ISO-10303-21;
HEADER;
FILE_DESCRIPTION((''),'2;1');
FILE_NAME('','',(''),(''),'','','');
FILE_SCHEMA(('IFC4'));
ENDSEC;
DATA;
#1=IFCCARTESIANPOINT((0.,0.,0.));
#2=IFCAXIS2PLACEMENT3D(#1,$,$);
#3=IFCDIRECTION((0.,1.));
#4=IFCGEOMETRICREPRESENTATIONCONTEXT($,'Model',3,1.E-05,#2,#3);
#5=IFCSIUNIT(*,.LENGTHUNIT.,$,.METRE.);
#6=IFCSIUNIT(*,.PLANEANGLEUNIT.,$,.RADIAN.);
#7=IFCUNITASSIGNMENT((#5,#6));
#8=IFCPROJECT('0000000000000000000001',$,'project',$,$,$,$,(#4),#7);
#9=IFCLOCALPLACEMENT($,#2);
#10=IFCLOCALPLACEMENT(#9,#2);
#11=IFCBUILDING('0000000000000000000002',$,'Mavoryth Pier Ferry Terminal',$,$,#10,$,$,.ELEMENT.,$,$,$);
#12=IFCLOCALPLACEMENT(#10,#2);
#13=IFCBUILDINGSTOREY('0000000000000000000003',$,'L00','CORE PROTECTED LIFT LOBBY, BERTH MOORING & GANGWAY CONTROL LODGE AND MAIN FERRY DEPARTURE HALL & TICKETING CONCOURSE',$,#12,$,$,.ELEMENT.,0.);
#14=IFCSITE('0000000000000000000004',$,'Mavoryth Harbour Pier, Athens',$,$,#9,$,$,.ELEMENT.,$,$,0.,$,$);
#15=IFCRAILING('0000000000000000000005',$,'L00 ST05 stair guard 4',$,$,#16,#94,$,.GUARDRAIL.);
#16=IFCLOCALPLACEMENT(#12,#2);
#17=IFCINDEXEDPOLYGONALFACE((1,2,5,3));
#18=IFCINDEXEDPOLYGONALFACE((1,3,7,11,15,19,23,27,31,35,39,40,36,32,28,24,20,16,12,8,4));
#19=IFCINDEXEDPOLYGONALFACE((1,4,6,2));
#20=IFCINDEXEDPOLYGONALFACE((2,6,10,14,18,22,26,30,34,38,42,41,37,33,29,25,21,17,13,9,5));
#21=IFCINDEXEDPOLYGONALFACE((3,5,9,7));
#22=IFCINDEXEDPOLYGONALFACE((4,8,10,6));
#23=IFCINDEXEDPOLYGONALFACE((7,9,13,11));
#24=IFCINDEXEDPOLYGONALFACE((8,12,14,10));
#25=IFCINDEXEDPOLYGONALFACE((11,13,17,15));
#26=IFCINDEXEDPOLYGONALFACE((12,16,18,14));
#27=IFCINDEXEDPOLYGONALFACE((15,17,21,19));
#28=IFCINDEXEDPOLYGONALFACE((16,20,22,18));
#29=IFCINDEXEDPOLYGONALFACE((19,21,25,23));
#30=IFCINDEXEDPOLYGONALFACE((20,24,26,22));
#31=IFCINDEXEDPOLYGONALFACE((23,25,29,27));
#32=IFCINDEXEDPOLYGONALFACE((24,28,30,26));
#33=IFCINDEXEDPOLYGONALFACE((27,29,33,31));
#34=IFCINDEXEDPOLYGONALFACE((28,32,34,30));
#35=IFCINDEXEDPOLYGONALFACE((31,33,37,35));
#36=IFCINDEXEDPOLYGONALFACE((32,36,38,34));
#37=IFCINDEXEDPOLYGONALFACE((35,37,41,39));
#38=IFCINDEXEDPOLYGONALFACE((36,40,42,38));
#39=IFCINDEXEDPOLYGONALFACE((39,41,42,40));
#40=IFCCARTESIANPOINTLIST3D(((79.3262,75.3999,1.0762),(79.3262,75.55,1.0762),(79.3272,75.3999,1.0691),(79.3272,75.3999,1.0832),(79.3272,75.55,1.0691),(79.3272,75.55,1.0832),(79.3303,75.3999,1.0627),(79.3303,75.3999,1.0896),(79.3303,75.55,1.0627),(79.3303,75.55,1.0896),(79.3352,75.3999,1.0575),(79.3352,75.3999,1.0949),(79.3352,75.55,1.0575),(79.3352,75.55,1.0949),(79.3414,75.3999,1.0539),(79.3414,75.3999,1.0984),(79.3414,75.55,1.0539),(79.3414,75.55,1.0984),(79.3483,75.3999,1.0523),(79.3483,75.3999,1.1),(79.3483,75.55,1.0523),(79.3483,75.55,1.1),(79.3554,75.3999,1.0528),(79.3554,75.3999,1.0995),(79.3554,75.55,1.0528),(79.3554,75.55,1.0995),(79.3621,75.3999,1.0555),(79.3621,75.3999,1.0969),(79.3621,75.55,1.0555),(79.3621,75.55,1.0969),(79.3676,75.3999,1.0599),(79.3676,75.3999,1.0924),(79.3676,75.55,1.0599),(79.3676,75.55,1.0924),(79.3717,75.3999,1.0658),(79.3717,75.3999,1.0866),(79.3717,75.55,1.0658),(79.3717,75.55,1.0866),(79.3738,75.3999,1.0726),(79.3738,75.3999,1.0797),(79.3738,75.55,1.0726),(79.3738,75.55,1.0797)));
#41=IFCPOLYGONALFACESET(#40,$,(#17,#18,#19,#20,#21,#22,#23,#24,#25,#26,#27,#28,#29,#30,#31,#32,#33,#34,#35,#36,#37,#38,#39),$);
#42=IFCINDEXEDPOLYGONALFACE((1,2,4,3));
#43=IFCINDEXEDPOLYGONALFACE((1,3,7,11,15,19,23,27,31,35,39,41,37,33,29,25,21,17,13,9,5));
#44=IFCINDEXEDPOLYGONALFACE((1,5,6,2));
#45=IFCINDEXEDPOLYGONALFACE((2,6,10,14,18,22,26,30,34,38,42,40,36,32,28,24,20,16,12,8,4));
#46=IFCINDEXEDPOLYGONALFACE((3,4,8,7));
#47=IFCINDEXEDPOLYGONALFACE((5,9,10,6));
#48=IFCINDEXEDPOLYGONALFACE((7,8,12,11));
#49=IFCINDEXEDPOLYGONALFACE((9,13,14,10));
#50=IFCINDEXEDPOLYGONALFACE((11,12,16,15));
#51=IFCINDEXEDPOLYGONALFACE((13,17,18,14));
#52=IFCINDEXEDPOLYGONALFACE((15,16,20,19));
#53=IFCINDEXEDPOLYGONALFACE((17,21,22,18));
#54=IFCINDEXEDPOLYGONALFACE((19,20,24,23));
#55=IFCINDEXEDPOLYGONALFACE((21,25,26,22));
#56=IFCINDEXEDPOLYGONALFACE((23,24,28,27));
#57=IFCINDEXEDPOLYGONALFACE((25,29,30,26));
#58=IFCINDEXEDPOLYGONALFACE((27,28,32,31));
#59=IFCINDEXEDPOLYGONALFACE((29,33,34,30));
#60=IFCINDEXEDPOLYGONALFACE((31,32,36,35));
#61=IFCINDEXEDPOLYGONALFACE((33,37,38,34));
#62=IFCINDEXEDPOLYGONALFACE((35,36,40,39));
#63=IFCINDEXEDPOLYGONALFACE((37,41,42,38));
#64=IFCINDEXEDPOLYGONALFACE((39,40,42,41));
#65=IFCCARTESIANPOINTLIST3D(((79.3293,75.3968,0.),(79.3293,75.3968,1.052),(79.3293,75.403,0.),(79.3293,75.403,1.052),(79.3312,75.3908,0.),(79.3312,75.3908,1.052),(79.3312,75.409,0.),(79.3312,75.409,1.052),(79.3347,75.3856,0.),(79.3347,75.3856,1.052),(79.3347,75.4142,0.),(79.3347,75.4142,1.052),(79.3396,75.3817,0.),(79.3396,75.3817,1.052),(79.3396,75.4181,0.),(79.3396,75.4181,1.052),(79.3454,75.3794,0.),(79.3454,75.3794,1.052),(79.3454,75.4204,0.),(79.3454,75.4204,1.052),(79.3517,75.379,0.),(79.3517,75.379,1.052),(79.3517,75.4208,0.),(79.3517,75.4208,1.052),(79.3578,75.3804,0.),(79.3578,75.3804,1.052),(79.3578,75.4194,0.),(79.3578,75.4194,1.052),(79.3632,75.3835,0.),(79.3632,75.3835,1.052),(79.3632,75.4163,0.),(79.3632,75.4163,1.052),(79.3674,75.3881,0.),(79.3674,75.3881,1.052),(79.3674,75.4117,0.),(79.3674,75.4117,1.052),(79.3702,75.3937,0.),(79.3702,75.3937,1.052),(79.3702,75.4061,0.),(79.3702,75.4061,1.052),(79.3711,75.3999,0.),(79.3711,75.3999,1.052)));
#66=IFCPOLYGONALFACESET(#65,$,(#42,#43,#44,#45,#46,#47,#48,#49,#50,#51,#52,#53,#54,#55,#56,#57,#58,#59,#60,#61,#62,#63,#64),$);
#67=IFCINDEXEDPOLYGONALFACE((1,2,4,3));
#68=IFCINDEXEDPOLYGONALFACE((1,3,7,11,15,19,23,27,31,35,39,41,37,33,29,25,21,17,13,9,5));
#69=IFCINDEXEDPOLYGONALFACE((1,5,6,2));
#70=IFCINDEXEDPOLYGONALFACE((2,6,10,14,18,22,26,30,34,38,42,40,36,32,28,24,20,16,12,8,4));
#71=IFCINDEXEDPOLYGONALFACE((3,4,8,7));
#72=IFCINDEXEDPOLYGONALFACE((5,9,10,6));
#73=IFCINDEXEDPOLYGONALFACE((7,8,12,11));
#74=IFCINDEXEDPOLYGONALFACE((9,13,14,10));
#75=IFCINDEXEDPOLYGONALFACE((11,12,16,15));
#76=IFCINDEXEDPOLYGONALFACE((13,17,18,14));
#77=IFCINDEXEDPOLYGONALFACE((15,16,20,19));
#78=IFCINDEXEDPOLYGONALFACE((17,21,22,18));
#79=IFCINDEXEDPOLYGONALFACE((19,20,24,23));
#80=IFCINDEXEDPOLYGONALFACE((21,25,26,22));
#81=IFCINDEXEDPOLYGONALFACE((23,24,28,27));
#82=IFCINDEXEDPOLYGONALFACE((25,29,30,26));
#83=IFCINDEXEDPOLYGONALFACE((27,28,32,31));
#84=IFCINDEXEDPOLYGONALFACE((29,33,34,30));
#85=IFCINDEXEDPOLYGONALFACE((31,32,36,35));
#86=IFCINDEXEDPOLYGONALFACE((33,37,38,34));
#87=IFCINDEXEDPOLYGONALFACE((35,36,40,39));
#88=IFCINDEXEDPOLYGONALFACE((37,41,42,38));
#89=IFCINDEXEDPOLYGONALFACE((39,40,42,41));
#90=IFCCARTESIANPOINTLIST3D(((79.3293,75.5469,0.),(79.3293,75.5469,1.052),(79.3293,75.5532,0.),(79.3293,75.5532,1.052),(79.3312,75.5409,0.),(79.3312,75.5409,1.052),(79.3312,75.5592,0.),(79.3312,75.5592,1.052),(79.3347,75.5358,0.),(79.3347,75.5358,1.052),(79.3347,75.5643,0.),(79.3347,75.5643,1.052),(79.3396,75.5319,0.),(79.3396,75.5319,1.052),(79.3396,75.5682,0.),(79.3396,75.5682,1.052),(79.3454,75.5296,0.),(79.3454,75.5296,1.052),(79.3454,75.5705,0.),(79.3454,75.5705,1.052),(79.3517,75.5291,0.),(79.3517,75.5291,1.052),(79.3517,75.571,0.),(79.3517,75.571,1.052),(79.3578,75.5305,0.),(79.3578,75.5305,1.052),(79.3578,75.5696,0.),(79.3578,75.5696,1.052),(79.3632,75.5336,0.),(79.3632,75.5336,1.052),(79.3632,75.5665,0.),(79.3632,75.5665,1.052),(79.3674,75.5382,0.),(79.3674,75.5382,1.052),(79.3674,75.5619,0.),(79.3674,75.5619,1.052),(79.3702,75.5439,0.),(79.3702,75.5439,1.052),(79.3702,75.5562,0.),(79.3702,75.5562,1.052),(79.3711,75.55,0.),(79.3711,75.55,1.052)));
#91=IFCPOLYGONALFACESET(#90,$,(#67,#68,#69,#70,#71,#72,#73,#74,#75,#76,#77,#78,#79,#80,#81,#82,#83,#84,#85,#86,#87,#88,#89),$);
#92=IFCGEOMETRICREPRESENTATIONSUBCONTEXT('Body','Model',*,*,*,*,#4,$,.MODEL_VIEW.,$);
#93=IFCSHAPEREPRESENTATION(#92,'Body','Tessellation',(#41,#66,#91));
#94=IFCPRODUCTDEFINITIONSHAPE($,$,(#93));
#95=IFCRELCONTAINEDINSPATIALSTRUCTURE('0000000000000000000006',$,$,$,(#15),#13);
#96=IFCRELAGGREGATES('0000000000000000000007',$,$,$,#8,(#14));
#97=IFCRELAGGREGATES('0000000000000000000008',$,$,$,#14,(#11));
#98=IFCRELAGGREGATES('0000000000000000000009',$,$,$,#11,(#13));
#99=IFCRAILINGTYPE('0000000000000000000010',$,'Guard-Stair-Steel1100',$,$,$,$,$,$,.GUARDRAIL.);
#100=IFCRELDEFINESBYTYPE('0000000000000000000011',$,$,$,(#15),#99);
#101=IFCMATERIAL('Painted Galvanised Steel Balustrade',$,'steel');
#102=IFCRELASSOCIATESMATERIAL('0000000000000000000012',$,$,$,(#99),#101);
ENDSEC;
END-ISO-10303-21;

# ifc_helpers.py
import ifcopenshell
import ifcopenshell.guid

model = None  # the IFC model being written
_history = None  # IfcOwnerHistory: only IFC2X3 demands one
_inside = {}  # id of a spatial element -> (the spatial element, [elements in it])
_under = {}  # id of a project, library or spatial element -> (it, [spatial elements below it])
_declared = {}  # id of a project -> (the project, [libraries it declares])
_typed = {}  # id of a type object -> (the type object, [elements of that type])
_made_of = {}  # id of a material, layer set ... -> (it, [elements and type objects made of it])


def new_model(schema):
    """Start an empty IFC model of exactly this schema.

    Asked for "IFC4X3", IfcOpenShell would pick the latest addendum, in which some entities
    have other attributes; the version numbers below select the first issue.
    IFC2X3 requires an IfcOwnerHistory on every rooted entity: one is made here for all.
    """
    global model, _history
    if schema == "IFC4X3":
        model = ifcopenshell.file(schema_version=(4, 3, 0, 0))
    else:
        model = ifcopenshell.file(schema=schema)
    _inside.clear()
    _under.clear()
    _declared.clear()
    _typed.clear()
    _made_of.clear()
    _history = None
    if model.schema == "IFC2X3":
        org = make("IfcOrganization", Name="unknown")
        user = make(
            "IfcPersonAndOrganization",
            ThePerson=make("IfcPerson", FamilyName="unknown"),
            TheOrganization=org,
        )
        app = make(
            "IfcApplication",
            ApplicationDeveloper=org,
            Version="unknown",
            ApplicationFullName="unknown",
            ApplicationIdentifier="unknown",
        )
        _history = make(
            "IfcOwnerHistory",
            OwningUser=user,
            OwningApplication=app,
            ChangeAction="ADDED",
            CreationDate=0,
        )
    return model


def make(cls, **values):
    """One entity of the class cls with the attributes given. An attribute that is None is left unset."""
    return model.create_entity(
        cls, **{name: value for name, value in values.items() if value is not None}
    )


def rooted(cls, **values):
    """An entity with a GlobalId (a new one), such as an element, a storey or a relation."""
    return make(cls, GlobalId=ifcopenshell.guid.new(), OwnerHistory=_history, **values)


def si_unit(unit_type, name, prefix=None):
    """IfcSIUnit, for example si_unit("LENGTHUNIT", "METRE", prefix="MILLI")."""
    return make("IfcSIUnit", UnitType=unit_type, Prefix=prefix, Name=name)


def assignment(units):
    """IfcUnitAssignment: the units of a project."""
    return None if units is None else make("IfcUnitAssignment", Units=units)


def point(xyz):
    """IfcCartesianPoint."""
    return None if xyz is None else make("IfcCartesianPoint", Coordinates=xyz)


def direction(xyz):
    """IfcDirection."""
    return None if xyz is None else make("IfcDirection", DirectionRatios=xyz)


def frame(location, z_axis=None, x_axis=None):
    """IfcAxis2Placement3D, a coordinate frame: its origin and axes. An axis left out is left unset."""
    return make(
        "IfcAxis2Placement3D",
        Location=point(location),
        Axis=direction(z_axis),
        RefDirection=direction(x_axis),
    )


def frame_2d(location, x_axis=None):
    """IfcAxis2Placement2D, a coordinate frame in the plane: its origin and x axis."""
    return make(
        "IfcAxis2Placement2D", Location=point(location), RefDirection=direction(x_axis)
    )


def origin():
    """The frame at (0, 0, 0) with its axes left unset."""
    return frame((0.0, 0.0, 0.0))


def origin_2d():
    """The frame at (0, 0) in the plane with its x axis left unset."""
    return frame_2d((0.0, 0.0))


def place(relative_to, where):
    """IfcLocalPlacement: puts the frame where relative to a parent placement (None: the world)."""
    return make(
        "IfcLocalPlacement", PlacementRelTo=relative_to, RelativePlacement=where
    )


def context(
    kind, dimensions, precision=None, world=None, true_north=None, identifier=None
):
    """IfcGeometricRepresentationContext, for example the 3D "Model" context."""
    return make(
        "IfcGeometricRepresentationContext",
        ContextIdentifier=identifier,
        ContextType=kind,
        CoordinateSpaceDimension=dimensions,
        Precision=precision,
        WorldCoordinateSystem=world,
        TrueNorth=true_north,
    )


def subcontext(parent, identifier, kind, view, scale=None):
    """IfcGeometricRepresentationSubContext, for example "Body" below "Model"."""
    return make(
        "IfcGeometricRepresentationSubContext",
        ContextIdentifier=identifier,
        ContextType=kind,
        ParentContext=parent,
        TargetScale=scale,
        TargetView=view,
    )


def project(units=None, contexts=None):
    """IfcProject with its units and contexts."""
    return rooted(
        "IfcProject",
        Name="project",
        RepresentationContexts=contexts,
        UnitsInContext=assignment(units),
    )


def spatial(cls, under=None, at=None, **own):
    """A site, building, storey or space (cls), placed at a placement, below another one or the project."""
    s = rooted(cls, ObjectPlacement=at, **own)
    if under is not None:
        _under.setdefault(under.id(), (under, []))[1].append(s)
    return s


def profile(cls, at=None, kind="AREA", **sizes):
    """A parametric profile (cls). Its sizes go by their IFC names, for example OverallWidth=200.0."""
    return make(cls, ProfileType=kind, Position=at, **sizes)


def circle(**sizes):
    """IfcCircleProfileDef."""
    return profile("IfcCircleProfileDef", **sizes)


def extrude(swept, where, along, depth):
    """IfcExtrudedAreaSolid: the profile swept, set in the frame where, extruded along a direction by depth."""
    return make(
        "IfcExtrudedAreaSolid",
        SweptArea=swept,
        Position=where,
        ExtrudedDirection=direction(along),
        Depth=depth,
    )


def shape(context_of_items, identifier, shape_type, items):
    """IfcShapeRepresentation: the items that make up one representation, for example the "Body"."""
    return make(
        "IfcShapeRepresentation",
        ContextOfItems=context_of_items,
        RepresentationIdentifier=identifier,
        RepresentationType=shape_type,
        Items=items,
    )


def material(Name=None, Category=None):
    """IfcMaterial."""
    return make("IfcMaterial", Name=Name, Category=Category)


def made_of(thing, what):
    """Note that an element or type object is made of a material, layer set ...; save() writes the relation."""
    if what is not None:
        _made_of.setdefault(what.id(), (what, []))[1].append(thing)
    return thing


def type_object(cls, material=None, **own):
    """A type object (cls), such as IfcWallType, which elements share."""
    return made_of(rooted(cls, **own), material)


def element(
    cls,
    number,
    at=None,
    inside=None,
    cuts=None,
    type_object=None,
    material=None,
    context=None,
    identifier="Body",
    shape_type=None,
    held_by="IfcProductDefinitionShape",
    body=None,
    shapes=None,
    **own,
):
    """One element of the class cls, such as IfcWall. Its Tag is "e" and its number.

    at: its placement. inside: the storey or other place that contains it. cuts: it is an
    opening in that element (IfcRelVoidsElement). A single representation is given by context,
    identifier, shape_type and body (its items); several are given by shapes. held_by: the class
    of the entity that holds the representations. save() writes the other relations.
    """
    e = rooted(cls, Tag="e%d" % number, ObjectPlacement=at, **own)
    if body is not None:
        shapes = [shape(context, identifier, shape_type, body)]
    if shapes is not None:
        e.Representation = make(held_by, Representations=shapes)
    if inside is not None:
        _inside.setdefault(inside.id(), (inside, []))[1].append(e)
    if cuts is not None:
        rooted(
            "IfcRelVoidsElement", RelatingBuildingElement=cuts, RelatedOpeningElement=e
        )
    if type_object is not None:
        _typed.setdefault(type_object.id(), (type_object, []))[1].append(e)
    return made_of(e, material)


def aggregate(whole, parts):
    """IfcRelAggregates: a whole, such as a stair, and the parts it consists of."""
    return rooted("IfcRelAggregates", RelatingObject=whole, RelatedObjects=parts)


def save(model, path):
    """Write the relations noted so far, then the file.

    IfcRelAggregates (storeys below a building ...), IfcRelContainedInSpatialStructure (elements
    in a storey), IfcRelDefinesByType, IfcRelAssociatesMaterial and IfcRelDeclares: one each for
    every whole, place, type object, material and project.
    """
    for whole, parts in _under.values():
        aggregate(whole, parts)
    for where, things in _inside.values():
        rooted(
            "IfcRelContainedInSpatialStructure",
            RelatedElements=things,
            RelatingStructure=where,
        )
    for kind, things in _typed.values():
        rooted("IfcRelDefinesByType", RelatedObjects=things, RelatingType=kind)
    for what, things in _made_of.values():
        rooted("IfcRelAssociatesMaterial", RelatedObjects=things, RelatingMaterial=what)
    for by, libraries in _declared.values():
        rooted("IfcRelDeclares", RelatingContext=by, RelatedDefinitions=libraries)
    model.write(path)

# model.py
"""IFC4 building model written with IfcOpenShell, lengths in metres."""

from ifc_helpers import new_model, si_unit, direction, frame, origin, origin_2d, place, context, subcontext, project, spatial, circle, extrude, material, type_object, element, save


model = new_model("IFC4")

# Units and contexts
model_context = context("Model", 3, precision=1e-05, world=origin(), true_north=direction((0.0, 1.0)))
body_context = subcontext(model_context, "Body", "Model", "MODEL_VIEW")
ifc_project = project(units=[si_unit("LENGTHUNIT", "METRE"), si_unit("PLANEANGLEUNIT", "RADIAN")], contexts=[model_context])

# Site, building, storey
site_placement = place(None, origin())
site = spatial("IfcSite", under=ifc_project, at=site_placement, Name="Mavoryth Harbour Pier, Athens", CompositionType="ELEMENT", RefElevation=0.0)
building_placement = place(site_placement, origin())
building = spatial("IfcBuilding", under=site, at=building_placement, Name="Mavoryth Pier Ferry Terminal", CompositionType="ELEMENT")
storey_placement = place(building_placement, origin())
storey = spatial("IfcBuildingStorey", under=building, at=storey_placement, Name="L00", Description="CORE PROTECTED LIFT LOBBY, BERTH MOORING & GANGWAY CONTROL LODGE AND MAIN FERRY DEPARTURE HALL & TICKETING CONCOURSE", CompositionType="ELEMENT", Elevation=0.0)

# Railing
ifc_material_1 = material(Name="Painted Galvanised Steel Balustrade", Category="steel")
railing_type_1 = type_object("IfcRailingType", Name="Guard-Stair-Steel1100", PredefinedType="GUARDRAIL", material=ifc_material_1)
railing_1_placement = place(storey_placement, frame((79.3501, 75.3999, 0.0)))
element("IfcRailing", 1, at=railing_1_placement, inside=storey, type_object=railing_type_1, Name="L00 ST05 stair guard 4", PredefinedType="GUARDRAIL", context=body_context, shape_type="SweptSolid", body=[
    extrude(circle(Radius=0.0239, at=origin_2d()), frame((0.0, 0.0, 1.0762), z_axis=(0.0, 1.0, 0.0), x_axis=(-1.0, 0.0, 0.0)), (0.0, 0.0, 1.0), 0.1501),
    extrude(circle(Radius=0.021, at=origin_2d()), origin(), (0.0, 0.0, 1.0), 1.052),
    extrude(circle(Radius=0.021, at=origin_2d()), frame((0.0, 0.1501, 0.0)), (0.0, 0.0, 1.0), 1.052),
])

save(model, "model.ifc")
